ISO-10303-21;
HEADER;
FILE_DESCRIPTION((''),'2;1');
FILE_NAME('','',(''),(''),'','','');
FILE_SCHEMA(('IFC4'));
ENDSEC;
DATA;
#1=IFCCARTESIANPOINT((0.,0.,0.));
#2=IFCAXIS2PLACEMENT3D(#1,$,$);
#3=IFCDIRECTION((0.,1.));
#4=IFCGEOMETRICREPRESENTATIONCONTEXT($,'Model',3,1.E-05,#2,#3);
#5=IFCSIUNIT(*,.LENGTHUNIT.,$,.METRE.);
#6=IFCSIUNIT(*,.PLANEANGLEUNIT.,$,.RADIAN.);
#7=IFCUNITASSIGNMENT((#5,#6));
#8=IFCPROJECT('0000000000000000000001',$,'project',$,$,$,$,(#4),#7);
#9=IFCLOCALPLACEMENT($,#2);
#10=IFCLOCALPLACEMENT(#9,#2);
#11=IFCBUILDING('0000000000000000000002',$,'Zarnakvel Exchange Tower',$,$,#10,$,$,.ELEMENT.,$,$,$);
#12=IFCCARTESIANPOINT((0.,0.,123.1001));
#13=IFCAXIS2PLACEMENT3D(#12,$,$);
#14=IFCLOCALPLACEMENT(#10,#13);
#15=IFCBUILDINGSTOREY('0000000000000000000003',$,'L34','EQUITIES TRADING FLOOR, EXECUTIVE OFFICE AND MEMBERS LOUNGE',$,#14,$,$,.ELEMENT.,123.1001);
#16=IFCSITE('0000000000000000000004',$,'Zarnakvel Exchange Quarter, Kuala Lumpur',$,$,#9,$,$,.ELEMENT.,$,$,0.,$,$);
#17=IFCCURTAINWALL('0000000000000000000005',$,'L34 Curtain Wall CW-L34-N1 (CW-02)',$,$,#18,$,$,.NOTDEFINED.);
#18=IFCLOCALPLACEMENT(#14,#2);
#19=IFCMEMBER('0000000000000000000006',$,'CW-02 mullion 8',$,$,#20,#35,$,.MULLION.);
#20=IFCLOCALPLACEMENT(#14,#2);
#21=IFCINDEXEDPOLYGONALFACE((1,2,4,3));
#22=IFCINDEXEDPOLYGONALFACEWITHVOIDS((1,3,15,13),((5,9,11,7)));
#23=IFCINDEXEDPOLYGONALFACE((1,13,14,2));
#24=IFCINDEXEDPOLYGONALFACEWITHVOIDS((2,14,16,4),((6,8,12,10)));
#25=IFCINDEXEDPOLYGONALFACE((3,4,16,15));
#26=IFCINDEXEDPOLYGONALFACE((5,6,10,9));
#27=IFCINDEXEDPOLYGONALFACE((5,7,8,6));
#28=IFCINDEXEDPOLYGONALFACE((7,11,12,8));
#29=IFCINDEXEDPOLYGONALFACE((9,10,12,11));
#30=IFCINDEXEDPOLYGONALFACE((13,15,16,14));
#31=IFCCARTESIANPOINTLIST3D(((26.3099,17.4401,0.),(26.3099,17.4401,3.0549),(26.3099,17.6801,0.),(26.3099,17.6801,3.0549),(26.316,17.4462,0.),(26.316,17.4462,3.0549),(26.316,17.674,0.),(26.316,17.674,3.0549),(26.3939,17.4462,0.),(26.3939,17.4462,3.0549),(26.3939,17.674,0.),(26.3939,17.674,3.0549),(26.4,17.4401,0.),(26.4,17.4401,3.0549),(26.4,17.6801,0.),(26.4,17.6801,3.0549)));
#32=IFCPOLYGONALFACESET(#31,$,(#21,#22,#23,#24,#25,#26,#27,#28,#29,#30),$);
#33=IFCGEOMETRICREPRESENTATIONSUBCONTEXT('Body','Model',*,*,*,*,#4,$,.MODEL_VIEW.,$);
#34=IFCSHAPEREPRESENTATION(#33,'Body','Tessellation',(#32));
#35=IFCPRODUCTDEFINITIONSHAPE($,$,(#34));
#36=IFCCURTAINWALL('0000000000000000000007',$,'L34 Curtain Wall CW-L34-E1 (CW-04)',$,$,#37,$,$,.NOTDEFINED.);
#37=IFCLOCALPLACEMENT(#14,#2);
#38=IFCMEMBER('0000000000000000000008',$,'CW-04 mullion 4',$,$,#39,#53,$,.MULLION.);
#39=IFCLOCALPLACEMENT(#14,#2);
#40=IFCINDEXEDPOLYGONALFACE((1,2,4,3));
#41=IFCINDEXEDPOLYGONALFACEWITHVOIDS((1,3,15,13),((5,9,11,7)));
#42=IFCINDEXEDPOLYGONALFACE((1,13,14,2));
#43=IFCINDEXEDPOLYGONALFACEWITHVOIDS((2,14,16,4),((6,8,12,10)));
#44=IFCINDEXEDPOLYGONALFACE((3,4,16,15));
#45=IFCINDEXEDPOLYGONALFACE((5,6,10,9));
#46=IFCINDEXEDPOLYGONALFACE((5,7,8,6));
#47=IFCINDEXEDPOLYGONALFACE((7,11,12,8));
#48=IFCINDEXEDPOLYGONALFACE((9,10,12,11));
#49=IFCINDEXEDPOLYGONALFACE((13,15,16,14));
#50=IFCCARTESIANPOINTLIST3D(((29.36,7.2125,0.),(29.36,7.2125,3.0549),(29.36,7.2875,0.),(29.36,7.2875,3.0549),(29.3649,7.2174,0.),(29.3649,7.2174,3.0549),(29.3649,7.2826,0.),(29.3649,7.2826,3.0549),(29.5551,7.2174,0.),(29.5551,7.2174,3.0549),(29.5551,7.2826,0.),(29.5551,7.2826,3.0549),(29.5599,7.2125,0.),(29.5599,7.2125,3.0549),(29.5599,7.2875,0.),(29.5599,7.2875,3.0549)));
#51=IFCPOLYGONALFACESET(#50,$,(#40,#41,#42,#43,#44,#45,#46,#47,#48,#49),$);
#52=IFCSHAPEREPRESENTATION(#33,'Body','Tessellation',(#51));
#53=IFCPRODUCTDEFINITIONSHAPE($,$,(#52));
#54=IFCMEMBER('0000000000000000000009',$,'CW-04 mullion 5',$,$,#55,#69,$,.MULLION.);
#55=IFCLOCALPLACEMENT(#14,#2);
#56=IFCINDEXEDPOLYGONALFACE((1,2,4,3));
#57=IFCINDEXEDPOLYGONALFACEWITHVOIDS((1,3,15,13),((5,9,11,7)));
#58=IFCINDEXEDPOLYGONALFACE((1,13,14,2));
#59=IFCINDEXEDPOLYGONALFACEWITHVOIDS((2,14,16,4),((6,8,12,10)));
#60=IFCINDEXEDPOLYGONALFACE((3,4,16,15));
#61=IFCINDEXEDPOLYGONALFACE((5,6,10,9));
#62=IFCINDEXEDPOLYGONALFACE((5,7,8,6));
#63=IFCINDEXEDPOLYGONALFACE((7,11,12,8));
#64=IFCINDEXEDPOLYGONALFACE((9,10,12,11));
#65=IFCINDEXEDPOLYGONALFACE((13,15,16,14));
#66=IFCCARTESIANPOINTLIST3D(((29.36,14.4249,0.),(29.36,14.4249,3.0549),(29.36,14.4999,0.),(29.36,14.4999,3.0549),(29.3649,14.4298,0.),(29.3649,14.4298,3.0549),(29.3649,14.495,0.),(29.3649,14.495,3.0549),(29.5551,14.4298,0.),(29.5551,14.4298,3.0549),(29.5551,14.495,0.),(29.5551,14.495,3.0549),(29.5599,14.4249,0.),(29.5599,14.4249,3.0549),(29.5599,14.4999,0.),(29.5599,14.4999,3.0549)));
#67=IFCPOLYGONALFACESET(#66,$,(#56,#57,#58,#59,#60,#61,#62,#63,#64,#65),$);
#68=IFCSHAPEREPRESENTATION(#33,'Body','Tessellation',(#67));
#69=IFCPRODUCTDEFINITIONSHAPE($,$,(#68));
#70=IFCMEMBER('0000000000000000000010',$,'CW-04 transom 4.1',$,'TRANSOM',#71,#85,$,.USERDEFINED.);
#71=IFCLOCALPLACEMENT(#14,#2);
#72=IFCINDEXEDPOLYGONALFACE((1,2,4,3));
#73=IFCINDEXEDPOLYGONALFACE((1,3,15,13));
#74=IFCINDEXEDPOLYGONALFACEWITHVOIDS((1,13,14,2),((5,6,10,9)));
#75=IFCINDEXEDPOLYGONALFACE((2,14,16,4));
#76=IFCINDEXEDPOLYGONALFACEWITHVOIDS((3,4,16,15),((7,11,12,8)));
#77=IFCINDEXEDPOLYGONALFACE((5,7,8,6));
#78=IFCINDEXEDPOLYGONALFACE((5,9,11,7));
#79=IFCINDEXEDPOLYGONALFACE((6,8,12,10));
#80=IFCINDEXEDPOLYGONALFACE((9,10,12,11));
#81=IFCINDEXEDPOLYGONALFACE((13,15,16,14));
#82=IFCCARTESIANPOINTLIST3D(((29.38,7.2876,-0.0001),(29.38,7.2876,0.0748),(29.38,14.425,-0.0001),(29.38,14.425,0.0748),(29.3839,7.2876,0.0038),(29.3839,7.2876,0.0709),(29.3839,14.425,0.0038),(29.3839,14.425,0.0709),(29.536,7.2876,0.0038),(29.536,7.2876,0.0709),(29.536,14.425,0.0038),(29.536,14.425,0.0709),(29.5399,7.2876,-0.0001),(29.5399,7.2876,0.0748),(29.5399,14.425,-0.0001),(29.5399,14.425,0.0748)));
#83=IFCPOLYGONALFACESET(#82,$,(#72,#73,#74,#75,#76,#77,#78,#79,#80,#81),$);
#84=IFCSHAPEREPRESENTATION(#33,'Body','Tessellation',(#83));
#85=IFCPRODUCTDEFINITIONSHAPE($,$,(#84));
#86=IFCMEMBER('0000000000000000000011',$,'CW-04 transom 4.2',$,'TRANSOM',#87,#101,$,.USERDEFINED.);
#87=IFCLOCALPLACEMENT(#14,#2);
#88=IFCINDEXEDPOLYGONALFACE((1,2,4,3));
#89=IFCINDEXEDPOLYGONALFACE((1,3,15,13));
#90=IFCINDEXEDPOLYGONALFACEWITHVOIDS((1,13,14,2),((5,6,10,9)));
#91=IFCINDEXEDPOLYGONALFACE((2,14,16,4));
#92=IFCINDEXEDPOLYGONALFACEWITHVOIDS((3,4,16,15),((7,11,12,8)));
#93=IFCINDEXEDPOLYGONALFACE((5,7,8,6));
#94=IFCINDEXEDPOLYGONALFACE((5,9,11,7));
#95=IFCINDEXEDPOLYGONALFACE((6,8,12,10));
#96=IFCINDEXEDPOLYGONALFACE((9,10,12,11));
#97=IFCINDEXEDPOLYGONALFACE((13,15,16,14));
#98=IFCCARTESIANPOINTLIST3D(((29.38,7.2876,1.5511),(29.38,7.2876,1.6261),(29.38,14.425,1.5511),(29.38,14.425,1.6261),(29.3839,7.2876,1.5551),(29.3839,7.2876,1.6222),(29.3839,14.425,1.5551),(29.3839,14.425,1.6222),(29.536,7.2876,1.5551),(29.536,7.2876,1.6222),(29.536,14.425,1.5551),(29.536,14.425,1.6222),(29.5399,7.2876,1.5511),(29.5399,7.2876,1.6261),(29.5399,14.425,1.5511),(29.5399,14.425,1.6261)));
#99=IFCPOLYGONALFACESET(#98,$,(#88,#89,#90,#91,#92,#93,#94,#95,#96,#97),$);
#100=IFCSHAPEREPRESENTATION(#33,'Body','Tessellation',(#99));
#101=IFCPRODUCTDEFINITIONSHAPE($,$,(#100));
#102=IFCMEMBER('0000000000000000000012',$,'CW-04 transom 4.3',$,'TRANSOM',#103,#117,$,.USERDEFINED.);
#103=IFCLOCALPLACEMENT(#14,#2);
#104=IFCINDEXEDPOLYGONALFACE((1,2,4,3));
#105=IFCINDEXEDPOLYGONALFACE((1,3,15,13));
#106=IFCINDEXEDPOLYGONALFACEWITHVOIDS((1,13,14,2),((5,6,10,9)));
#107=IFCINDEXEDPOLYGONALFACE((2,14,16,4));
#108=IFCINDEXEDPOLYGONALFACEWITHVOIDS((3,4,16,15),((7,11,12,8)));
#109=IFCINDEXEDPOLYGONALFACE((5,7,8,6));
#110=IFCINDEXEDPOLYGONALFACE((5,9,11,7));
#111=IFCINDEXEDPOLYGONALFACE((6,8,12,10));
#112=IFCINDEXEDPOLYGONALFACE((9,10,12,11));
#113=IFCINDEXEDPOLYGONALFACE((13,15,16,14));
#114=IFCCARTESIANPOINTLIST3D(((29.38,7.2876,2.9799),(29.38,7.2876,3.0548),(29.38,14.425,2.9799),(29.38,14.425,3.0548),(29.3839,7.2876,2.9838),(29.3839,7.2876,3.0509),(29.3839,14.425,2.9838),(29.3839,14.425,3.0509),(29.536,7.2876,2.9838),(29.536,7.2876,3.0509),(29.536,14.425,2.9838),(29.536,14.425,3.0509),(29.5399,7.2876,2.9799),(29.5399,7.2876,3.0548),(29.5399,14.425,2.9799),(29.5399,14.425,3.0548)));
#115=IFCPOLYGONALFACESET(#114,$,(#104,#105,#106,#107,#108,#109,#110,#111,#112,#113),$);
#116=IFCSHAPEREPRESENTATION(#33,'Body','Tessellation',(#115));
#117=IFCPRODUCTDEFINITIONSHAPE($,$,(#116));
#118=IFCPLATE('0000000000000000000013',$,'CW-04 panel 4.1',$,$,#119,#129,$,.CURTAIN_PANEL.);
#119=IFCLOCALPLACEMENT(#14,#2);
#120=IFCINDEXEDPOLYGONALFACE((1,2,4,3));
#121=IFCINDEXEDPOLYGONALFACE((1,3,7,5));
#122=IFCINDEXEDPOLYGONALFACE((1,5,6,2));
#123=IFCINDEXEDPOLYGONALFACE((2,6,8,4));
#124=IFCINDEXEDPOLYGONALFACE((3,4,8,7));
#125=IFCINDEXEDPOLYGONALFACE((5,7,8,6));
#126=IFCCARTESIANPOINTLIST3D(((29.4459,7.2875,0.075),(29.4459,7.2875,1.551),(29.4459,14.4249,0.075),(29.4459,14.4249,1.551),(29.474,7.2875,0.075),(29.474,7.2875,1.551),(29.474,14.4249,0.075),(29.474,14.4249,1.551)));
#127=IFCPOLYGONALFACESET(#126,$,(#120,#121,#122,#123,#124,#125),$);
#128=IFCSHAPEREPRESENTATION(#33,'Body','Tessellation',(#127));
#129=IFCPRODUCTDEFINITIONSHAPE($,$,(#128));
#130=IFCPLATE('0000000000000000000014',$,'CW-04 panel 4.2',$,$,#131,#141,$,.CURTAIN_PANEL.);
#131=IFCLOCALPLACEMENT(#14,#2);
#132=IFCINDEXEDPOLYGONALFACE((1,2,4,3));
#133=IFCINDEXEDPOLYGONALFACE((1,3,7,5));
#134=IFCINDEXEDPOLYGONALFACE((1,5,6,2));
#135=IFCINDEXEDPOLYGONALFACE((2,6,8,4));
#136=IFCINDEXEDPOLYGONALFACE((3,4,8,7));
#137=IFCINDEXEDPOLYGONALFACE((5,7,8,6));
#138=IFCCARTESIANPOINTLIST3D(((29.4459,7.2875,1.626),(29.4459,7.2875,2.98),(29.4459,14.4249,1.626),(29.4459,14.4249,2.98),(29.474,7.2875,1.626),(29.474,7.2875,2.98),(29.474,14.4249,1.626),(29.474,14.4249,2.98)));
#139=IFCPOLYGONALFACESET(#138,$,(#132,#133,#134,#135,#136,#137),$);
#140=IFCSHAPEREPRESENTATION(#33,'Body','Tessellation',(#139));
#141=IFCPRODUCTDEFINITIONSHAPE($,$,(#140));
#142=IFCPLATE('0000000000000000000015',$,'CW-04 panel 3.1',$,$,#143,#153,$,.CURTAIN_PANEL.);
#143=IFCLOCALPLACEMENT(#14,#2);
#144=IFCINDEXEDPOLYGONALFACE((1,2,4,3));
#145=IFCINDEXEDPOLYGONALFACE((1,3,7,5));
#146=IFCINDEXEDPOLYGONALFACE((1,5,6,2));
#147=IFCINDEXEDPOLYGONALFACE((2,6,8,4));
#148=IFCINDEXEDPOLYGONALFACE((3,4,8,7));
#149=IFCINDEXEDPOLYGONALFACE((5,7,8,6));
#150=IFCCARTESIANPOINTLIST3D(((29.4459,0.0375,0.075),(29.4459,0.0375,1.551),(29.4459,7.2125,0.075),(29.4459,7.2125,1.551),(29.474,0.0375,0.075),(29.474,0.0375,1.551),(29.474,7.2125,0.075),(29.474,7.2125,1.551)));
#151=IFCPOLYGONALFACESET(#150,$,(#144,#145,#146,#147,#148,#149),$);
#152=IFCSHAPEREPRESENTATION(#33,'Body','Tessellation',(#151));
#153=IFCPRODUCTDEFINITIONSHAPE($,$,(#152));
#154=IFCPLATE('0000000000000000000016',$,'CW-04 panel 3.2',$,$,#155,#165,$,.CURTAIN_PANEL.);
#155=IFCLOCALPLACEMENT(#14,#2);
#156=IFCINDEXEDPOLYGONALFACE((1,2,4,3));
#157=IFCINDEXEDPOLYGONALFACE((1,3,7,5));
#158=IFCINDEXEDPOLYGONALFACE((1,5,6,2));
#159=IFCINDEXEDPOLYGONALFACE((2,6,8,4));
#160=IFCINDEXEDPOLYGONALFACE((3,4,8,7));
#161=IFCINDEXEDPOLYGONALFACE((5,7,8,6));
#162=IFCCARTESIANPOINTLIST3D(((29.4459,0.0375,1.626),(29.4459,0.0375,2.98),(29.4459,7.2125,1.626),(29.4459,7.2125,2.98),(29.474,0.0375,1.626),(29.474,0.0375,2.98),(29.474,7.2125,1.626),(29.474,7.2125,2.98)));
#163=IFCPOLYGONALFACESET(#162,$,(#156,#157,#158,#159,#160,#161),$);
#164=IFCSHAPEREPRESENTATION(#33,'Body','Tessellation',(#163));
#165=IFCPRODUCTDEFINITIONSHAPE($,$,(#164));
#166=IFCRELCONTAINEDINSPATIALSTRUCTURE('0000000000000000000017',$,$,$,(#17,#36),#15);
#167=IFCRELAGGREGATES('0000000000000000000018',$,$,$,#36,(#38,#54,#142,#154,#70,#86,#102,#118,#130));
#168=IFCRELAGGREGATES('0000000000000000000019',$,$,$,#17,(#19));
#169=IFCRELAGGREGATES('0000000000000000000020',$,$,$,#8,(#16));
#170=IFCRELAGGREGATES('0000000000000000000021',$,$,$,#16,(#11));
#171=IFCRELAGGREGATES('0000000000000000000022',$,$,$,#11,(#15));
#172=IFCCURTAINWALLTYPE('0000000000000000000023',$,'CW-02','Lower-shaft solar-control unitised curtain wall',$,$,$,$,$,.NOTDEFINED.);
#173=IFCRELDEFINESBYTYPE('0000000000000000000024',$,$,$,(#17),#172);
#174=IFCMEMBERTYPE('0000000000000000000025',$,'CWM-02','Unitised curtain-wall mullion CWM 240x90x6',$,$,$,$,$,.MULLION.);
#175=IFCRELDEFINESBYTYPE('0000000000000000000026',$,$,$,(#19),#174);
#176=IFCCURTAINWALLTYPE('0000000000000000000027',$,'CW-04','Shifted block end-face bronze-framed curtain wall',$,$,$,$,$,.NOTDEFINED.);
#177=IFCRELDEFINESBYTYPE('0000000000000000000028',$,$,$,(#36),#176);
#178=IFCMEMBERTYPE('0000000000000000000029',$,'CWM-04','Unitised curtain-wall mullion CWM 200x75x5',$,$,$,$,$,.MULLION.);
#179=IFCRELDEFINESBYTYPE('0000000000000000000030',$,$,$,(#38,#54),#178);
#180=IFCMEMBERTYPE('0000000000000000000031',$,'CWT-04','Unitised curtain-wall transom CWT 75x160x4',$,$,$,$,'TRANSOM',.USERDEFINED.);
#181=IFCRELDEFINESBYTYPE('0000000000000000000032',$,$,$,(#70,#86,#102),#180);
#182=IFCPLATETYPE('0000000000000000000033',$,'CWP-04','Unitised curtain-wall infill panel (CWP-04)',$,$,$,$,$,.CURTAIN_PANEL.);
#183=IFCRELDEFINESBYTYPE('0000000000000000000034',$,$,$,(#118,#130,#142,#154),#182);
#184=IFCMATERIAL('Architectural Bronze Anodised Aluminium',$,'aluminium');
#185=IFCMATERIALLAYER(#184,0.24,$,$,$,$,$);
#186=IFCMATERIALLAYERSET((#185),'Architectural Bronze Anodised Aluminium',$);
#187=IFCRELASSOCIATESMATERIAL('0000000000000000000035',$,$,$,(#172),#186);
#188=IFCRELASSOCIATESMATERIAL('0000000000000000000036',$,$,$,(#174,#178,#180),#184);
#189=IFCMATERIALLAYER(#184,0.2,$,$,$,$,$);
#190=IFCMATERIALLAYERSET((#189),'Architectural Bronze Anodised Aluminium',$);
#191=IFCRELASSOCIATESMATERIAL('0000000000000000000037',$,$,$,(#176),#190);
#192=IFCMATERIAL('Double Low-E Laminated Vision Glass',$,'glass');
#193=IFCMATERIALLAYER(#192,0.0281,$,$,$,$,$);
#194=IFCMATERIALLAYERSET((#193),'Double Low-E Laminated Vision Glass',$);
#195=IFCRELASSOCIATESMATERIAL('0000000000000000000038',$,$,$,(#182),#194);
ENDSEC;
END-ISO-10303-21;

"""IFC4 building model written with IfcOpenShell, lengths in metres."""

from ifc_helpers import new_model, si_unit, direction, frame, origin, origin_2d, place, context, subcontext, project, spatial, rectangle, hollow_rectangle, extrude, source, transform, mapped, material, layer, layer_set, material_profile, profile_set, type_object, element, aggregate, save


model = new_model("IFC4")

# Units and contexts
model_context = context("Model", 3, precision=1e-05, world=origin(), true_north=direction((0.0, 1.0)))
body_context = subcontext(model_context, "Body", "Model", "MODEL_VIEW")
ifc_project = project(units=[si_unit("LENGTHUNIT", "METRE"), si_unit("PLANEANGLEUNIT", "RADIAN")], contexts=[model_context])

# Site, building, storey
site_placement = place(None, origin())
site = spatial("IfcSite", under=ifc_project, at=site_placement, Name="Zarnakvel Exchange Quarter, Kuala Lumpur", CompositionType="ELEMENT", RefElevation=0.0)
building_placement = place(site_placement, origin())
building = spatial("IfcBuilding", under=site, at=building_placement, Name="Zarnakvel Exchange Tower", CompositionType="ELEMENT")
storey_placement = place(building_placement, frame((0.0, 0.0, 123.1001)))
storey = spatial("IfcBuildingStorey", under=building, at=storey_placement, Name="L34", Description="EQUITIES TRADING FLOOR, EXECUTIVE OFFICE AND MEMBERS LOUNGE", CompositionType="ELEMENT", Elevation=123.1001)

# Curtain wall, member
ifc_material_1 = material(Name="Architectural Bronze Anodised Aluminium", Category="aluminium")
ifc_layer_1 = layer(ifc_material_1, 0.24)
ifc_layer_set_1 = layer_set([ifc_layer_1], Name="Architectural Bronze Anodised Aluminium")
curtain_wall_type_1 = type_object("IfcCurtainWallType", Name="CW-02", Description="Lower-shaft solar-control unitised curtain wall", PredefinedType="NOTDEFINED", material=ifc_layer_set_1)
curtain_wall_1_placement = place(storey_placement, origin())
curtain_wall_1 = element("IfcCurtainWall", 1, at=curtain_wall_1_placement, inside=storey, type_object=curtain_wall_type_1, Name="L34 Curtain Wall CW-L34-N1 (CW-02)", PredefinedType="NOTDEFINED")
ifc_material_profile_1 = material_profile(ifc_material_1, hollow_rectangle(XDim=0.24, YDim=0.0901, WallThickness=0.0061, at=origin_2d()))
ifc_profile_set_1 = profile_set([ifc_material_profile_1], Name="Architectural Bronze Anodised Aluminium")
member_type_1 = type_object("IfcMemberType", Name="CWM-02", Description="Unitised curtain-wall mullion CWM 240x90x6", PredefinedType="MULLION", material=ifc_profile_set_1)
shared_shape_1 = source(origin(), body_context, "Body", "SweptSolid", [
    extrude(hollow_rectangle(XDim=0.24, YDim=0.0901, WallThickness=0.0061, at=origin_2d()), origin(), (0.0, 0.0, 1.0), 3.0549),
])
member_1_placement = place(storey_placement, frame((26.355, 17.5601, 0.0), z_axis=(0.0, 0.0, 1.0), x_axis=(0.0, 1.0, 0.0)))
member_1 = element("IfcMember", 2, at=member_1_placement, type_object=member_type_1, Name="CW-02 mullion 8", PredefinedType="MULLION", context=body_context, shape_type="MappedRepresentation", body=[
    mapped(shared_shape_1, transform((0.0, 0.0, 0.0), x_axis=(1.0, 0.0, 0.0), y_axis=(0.0, 1.0, 0.0), z_axis=(0.0, 0.0, 1.0), scale=1.0)),
])

# Curtain wall, members, plates
ifc_layer_2 = layer(ifc_material_1, 0.2)
ifc_layer_set_2 = layer_set([ifc_layer_2], Name="Architectural Bronze Anodised Aluminium")
curtain_wall_type_2 = type_object("IfcCurtainWallType", Name="CW-04", Description="Shifted block end-face bronze-framed curtain wall", PredefinedType="NOTDEFINED", material=ifc_layer_set_2)
curtain_wall_2_placement = place(storey_placement, origin())
curtain_wall_2 = element("IfcCurtainWall", 3, at=curtain_wall_2_placement, inside=storey, type_object=curtain_wall_type_2, Name="L34 Curtain Wall CW-L34-E1 (CW-04)", PredefinedType="NOTDEFINED")
ifc_material_profile_2 = material_profile(ifc_material_1, hollow_rectangle(XDim=0.2, YDim=0.075, WallThickness=0.0049, at=origin_2d()))
ifc_profile_set_2 = profile_set([ifc_material_profile_2], Name="Architectural Bronze Anodised Aluminium")
member_type_2 = type_object("IfcMemberType", Name="CWM-04", Description="Unitised curtain-wall mullion CWM 200x75x5", PredefinedType="MULLION", material=ifc_profile_set_2)
shared_shape_2 = source(origin(), body_context, "Body", "SweptSolid", [
    extrude(hollow_rectangle(XDim=0.2, YDim=0.075, WallThickness=0.0049, at=origin_2d()), origin(), (0.0, 0.0, 1.0), 3.0549),
])
member_2_placement = place(storey_placement, frame((29.46, 7.25, 0.0), z_axis=(0.0, 0.0, 1.0), x_axis=(-1.0, 0.0, 0.0)))
member_2 = element("IfcMember", 4, at=member_2_placement, type_object=member_type_2, Name="CW-04 mullion 4", PredefinedType="MULLION", context=body_context, shape_type="MappedRepresentation", body=[
    mapped(shared_shape_2, transform((0.0, 0.0, 0.0), x_axis=(1.0, 0.0, 0.0), y_axis=(0.0, 1.0, 0.0), z_axis=(0.0, 0.0, 1.0), scale=1.0)),
])
member_3_placement = place(storey_placement, frame((29.46, 14.4624, 0.0), z_axis=(0.0, 0.0, 1.0), x_axis=(-1.0, 0.0, 0.0)))
member_3 = element("IfcMember", 5, at=member_3_placement, type_object=member_type_2, Name="CW-04 mullion 5", PredefinedType="MULLION", context=body_context, shape_type="MappedRepresentation", body=[
    mapped(shared_shape_2, transform((0.0, 0.0, 0.0), x_axis=(1.0, 0.0, 0.0), y_axis=(0.0, 1.0, 0.0), z_axis=(0.0, 0.0, 1.0), scale=1.0)),
])
ifc_material_profile_3 = material_profile(ifc_material_1, hollow_rectangle(XDim=0.1599, YDim=0.075, WallThickness=0.0039, at=origin_2d()))
ifc_profile_set_3 = profile_set([ifc_material_profile_3], Name="Architectural Bronze Anodised Aluminium")
member_type_3 = type_object("IfcMemberType", Name="CWT-04", Description="Unitised curtain-wall transom CWT 75x160x4", ElementType="TRANSOM", PredefinedType="USERDEFINED", material=ifc_profile_set_3)
shared_shape_3 = source(origin(), body_context, "Body", "SweptSolid", [
    extrude(hollow_rectangle(XDim=0.1599, YDim=0.075, WallThickness=0.0039, at=origin_2d()), origin(), (0.0, 0.0, 1.0), 7.1375),
])
member_4_placement = place(storey_placement, frame((29.46, 7.2876, 0.0374), z_axis=(0.0, 1.0, 0.0), x_axis=(-1.0, 0.0, 0.0)))
member_4 = element("IfcMember", 6, at=member_4_placement, type_object=member_type_3, Name="CW-04 transom 4.1", ObjectType="TRANSOM", PredefinedType="USERDEFINED", context=body_context, shape_type="MappedRepresentation", body=[
    mapped(shared_shape_3, transform((0.0, 0.0, 0.0), x_axis=(1.0, 0.0, 0.0), y_axis=(0.0, 1.0, 0.0), z_axis=(0.0, 0.0, 1.0), scale=1.0)),
])
member_5_placement = place(storey_placement, frame((29.46, 7.2876, 1.5886), z_axis=(0.0, 1.0, 0.0), x_axis=(-1.0, 0.0, 0.0)))
member_5 = element("IfcMember", 7, at=member_5_placement, type_object=member_type_3, Name="CW-04 transom 4.2", ObjectType="TRANSOM", PredefinedType="USERDEFINED", context=body_context, shape_type="MappedRepresentation", body=[
    mapped(shared_shape_3, transform((0.0, 0.0, 0.0), x_axis=(1.0, 0.0, 0.0), y_axis=(0.0, 1.0, 0.0), z_axis=(0.0, 0.0, 1.0), scale=1.0)),
])
member_6_placement = place(storey_placement, frame((29.46, 7.2876, 3.0173), z_axis=(0.0, 1.0, 0.0), x_axis=(-1.0, 0.0, 0.0)))
member_6 = element("IfcMember", 8, at=member_6_placement, type_object=member_type_3, Name="CW-04 transom 4.3", ObjectType="TRANSOM", PredefinedType="USERDEFINED", context=body_context, shape_type="MappedRepresentation", body=[
    mapped(shared_shape_3, transform((0.0, 0.0, 0.0), x_axis=(1.0, 0.0, 0.0), y_axis=(0.0, 1.0, 0.0), z_axis=(0.0, 0.0, 1.0), scale=1.0)),
])
ifc_material_2 = material(Name="Double Low-E Laminated Vision Glass", Category="glass")
ifc_layer_3 = layer(ifc_material_2, 0.0281)
ifc_layer_set_3 = layer_set([ifc_layer_3], Name="Double Low-E Laminated Vision Glass")
plate_type_1 = type_object("IfcPlateType", Name="CWP-04", Description="Unitised curtain-wall infill panel (CWP-04)", PredefinedType="CURTAIN_PANEL", material=ifc_layer_set_3)
shared_shape_4 = source(origin(), body_context, "Body", "SweptSolid", [
    extrude(rectangle(XDim=7.1375, YDim=0.0281, at=origin_2d()), origin(), (0.0, 0.0, 1.0), 1.4761),
])
plate_1_placement = place(storey_placement, frame((29.46, 10.8562, 0.075), z_axis=(0.0, 0.0, 1.0), x_axis=(0.0, 1.0, 0.0)))
plate_1 = element("IfcPlate", 9, at=plate_1_placement, type_object=plate_type_1, Name="CW-04 panel 4.1", PredefinedType="CURTAIN_PANEL", context=body_context, shape_type="MappedRepresentation", body=[
    mapped(shared_shape_4, transform((0.0, 0.0, 0.0), x_axis=(1.0, 0.0, 0.0), y_axis=(0.0, 1.0, 0.0), z_axis=(0.0, 0.0, 1.0), scale=1.0)),
])
shared_shape_5 = source(origin(), body_context, "Body", "SweptSolid", [
    extrude(rectangle(XDim=7.1375, YDim=0.0281, at=origin_2d()), origin(), (0.0, 0.0, 1.0), 1.354),
])
plate_2_placement = place(storey_placement, frame((29.46, 10.8562, 1.626), z_axis=(0.0, 0.0, 1.0), x_axis=(0.0, 1.0, 0.0)))
plate_2 = element("IfcPlate", 10, at=plate_2_placement, type_object=plate_type_1, Name="CW-04 panel 4.2", PredefinedType="CURTAIN_PANEL", context=body_context, shape_type="MappedRepresentation", body=[
    mapped(shared_shape_5, transform((0.0, 0.0, 0.0), x_axis=(1.0, 0.0, 0.0), y_axis=(0.0, 1.0, 0.0), z_axis=(0.0, 0.0, 1.0), scale=1.0)),
])
shared_shape_6 = source(origin(), body_context, "Body", "SweptSolid", [
    extrude(rectangle(XDim=7.175, YDim=0.0281, at=origin_2d()), origin(), (0.0, 0.0, 1.0), 1.4761),
])
plate_3_placement = place(storey_placement, frame((29.46, 3.625, 0.075), z_axis=(0.0, 0.0, 1.0), x_axis=(0.0, 1.0, 0.0)))
plate_3 = element("IfcPlate", 11, at=plate_3_placement, type_object=plate_type_1, Name="CW-04 panel 3.1", PredefinedType="CURTAIN_PANEL", context=body_context, shape_type="MappedRepresentation", body=[
    mapped(shared_shape_6, transform((0.0, 0.0, 0.0), x_axis=(1.0, 0.0, 0.0), y_axis=(0.0, 1.0, 0.0), z_axis=(0.0, 0.0, 1.0), scale=1.0)),
])
shared_shape_7 = source(origin(), body_context, "Body", "SweptSolid", [
    extrude(rectangle(XDim=7.175, YDim=0.0281, at=origin_2d()), origin(), (0.0, 0.0, 1.0), 1.354),
])
plate_4_placement = place(storey_placement, frame((29.46, 3.625, 1.626), z_axis=(0.0, 0.0, 1.0), x_axis=(0.0, 1.0, 0.0)))
plate_4 = element("IfcPlate", 12, at=plate_4_placement, type_object=plate_type_1, Name="CW-04 panel 3.2", PredefinedType="CURTAIN_PANEL", context=body_context, shape_type="MappedRepresentation", body=[
    mapped(shared_shape_7, transform((0.0, 0.0, 0.0), x_axis=(1.0, 0.0, 0.0), y_axis=(0.0, 1.0, 0.0), z_axis=(0.0, 0.0, 1.0), scale=1.0)),
])
aggregate(curtain_wall_2, [member_2, member_3, plate_3, plate_4, member_4, member_5, member_6, plate_1, plate_2])

aggregate(curtain_wall_1, [member_1])

save(model, "model.ifc")
